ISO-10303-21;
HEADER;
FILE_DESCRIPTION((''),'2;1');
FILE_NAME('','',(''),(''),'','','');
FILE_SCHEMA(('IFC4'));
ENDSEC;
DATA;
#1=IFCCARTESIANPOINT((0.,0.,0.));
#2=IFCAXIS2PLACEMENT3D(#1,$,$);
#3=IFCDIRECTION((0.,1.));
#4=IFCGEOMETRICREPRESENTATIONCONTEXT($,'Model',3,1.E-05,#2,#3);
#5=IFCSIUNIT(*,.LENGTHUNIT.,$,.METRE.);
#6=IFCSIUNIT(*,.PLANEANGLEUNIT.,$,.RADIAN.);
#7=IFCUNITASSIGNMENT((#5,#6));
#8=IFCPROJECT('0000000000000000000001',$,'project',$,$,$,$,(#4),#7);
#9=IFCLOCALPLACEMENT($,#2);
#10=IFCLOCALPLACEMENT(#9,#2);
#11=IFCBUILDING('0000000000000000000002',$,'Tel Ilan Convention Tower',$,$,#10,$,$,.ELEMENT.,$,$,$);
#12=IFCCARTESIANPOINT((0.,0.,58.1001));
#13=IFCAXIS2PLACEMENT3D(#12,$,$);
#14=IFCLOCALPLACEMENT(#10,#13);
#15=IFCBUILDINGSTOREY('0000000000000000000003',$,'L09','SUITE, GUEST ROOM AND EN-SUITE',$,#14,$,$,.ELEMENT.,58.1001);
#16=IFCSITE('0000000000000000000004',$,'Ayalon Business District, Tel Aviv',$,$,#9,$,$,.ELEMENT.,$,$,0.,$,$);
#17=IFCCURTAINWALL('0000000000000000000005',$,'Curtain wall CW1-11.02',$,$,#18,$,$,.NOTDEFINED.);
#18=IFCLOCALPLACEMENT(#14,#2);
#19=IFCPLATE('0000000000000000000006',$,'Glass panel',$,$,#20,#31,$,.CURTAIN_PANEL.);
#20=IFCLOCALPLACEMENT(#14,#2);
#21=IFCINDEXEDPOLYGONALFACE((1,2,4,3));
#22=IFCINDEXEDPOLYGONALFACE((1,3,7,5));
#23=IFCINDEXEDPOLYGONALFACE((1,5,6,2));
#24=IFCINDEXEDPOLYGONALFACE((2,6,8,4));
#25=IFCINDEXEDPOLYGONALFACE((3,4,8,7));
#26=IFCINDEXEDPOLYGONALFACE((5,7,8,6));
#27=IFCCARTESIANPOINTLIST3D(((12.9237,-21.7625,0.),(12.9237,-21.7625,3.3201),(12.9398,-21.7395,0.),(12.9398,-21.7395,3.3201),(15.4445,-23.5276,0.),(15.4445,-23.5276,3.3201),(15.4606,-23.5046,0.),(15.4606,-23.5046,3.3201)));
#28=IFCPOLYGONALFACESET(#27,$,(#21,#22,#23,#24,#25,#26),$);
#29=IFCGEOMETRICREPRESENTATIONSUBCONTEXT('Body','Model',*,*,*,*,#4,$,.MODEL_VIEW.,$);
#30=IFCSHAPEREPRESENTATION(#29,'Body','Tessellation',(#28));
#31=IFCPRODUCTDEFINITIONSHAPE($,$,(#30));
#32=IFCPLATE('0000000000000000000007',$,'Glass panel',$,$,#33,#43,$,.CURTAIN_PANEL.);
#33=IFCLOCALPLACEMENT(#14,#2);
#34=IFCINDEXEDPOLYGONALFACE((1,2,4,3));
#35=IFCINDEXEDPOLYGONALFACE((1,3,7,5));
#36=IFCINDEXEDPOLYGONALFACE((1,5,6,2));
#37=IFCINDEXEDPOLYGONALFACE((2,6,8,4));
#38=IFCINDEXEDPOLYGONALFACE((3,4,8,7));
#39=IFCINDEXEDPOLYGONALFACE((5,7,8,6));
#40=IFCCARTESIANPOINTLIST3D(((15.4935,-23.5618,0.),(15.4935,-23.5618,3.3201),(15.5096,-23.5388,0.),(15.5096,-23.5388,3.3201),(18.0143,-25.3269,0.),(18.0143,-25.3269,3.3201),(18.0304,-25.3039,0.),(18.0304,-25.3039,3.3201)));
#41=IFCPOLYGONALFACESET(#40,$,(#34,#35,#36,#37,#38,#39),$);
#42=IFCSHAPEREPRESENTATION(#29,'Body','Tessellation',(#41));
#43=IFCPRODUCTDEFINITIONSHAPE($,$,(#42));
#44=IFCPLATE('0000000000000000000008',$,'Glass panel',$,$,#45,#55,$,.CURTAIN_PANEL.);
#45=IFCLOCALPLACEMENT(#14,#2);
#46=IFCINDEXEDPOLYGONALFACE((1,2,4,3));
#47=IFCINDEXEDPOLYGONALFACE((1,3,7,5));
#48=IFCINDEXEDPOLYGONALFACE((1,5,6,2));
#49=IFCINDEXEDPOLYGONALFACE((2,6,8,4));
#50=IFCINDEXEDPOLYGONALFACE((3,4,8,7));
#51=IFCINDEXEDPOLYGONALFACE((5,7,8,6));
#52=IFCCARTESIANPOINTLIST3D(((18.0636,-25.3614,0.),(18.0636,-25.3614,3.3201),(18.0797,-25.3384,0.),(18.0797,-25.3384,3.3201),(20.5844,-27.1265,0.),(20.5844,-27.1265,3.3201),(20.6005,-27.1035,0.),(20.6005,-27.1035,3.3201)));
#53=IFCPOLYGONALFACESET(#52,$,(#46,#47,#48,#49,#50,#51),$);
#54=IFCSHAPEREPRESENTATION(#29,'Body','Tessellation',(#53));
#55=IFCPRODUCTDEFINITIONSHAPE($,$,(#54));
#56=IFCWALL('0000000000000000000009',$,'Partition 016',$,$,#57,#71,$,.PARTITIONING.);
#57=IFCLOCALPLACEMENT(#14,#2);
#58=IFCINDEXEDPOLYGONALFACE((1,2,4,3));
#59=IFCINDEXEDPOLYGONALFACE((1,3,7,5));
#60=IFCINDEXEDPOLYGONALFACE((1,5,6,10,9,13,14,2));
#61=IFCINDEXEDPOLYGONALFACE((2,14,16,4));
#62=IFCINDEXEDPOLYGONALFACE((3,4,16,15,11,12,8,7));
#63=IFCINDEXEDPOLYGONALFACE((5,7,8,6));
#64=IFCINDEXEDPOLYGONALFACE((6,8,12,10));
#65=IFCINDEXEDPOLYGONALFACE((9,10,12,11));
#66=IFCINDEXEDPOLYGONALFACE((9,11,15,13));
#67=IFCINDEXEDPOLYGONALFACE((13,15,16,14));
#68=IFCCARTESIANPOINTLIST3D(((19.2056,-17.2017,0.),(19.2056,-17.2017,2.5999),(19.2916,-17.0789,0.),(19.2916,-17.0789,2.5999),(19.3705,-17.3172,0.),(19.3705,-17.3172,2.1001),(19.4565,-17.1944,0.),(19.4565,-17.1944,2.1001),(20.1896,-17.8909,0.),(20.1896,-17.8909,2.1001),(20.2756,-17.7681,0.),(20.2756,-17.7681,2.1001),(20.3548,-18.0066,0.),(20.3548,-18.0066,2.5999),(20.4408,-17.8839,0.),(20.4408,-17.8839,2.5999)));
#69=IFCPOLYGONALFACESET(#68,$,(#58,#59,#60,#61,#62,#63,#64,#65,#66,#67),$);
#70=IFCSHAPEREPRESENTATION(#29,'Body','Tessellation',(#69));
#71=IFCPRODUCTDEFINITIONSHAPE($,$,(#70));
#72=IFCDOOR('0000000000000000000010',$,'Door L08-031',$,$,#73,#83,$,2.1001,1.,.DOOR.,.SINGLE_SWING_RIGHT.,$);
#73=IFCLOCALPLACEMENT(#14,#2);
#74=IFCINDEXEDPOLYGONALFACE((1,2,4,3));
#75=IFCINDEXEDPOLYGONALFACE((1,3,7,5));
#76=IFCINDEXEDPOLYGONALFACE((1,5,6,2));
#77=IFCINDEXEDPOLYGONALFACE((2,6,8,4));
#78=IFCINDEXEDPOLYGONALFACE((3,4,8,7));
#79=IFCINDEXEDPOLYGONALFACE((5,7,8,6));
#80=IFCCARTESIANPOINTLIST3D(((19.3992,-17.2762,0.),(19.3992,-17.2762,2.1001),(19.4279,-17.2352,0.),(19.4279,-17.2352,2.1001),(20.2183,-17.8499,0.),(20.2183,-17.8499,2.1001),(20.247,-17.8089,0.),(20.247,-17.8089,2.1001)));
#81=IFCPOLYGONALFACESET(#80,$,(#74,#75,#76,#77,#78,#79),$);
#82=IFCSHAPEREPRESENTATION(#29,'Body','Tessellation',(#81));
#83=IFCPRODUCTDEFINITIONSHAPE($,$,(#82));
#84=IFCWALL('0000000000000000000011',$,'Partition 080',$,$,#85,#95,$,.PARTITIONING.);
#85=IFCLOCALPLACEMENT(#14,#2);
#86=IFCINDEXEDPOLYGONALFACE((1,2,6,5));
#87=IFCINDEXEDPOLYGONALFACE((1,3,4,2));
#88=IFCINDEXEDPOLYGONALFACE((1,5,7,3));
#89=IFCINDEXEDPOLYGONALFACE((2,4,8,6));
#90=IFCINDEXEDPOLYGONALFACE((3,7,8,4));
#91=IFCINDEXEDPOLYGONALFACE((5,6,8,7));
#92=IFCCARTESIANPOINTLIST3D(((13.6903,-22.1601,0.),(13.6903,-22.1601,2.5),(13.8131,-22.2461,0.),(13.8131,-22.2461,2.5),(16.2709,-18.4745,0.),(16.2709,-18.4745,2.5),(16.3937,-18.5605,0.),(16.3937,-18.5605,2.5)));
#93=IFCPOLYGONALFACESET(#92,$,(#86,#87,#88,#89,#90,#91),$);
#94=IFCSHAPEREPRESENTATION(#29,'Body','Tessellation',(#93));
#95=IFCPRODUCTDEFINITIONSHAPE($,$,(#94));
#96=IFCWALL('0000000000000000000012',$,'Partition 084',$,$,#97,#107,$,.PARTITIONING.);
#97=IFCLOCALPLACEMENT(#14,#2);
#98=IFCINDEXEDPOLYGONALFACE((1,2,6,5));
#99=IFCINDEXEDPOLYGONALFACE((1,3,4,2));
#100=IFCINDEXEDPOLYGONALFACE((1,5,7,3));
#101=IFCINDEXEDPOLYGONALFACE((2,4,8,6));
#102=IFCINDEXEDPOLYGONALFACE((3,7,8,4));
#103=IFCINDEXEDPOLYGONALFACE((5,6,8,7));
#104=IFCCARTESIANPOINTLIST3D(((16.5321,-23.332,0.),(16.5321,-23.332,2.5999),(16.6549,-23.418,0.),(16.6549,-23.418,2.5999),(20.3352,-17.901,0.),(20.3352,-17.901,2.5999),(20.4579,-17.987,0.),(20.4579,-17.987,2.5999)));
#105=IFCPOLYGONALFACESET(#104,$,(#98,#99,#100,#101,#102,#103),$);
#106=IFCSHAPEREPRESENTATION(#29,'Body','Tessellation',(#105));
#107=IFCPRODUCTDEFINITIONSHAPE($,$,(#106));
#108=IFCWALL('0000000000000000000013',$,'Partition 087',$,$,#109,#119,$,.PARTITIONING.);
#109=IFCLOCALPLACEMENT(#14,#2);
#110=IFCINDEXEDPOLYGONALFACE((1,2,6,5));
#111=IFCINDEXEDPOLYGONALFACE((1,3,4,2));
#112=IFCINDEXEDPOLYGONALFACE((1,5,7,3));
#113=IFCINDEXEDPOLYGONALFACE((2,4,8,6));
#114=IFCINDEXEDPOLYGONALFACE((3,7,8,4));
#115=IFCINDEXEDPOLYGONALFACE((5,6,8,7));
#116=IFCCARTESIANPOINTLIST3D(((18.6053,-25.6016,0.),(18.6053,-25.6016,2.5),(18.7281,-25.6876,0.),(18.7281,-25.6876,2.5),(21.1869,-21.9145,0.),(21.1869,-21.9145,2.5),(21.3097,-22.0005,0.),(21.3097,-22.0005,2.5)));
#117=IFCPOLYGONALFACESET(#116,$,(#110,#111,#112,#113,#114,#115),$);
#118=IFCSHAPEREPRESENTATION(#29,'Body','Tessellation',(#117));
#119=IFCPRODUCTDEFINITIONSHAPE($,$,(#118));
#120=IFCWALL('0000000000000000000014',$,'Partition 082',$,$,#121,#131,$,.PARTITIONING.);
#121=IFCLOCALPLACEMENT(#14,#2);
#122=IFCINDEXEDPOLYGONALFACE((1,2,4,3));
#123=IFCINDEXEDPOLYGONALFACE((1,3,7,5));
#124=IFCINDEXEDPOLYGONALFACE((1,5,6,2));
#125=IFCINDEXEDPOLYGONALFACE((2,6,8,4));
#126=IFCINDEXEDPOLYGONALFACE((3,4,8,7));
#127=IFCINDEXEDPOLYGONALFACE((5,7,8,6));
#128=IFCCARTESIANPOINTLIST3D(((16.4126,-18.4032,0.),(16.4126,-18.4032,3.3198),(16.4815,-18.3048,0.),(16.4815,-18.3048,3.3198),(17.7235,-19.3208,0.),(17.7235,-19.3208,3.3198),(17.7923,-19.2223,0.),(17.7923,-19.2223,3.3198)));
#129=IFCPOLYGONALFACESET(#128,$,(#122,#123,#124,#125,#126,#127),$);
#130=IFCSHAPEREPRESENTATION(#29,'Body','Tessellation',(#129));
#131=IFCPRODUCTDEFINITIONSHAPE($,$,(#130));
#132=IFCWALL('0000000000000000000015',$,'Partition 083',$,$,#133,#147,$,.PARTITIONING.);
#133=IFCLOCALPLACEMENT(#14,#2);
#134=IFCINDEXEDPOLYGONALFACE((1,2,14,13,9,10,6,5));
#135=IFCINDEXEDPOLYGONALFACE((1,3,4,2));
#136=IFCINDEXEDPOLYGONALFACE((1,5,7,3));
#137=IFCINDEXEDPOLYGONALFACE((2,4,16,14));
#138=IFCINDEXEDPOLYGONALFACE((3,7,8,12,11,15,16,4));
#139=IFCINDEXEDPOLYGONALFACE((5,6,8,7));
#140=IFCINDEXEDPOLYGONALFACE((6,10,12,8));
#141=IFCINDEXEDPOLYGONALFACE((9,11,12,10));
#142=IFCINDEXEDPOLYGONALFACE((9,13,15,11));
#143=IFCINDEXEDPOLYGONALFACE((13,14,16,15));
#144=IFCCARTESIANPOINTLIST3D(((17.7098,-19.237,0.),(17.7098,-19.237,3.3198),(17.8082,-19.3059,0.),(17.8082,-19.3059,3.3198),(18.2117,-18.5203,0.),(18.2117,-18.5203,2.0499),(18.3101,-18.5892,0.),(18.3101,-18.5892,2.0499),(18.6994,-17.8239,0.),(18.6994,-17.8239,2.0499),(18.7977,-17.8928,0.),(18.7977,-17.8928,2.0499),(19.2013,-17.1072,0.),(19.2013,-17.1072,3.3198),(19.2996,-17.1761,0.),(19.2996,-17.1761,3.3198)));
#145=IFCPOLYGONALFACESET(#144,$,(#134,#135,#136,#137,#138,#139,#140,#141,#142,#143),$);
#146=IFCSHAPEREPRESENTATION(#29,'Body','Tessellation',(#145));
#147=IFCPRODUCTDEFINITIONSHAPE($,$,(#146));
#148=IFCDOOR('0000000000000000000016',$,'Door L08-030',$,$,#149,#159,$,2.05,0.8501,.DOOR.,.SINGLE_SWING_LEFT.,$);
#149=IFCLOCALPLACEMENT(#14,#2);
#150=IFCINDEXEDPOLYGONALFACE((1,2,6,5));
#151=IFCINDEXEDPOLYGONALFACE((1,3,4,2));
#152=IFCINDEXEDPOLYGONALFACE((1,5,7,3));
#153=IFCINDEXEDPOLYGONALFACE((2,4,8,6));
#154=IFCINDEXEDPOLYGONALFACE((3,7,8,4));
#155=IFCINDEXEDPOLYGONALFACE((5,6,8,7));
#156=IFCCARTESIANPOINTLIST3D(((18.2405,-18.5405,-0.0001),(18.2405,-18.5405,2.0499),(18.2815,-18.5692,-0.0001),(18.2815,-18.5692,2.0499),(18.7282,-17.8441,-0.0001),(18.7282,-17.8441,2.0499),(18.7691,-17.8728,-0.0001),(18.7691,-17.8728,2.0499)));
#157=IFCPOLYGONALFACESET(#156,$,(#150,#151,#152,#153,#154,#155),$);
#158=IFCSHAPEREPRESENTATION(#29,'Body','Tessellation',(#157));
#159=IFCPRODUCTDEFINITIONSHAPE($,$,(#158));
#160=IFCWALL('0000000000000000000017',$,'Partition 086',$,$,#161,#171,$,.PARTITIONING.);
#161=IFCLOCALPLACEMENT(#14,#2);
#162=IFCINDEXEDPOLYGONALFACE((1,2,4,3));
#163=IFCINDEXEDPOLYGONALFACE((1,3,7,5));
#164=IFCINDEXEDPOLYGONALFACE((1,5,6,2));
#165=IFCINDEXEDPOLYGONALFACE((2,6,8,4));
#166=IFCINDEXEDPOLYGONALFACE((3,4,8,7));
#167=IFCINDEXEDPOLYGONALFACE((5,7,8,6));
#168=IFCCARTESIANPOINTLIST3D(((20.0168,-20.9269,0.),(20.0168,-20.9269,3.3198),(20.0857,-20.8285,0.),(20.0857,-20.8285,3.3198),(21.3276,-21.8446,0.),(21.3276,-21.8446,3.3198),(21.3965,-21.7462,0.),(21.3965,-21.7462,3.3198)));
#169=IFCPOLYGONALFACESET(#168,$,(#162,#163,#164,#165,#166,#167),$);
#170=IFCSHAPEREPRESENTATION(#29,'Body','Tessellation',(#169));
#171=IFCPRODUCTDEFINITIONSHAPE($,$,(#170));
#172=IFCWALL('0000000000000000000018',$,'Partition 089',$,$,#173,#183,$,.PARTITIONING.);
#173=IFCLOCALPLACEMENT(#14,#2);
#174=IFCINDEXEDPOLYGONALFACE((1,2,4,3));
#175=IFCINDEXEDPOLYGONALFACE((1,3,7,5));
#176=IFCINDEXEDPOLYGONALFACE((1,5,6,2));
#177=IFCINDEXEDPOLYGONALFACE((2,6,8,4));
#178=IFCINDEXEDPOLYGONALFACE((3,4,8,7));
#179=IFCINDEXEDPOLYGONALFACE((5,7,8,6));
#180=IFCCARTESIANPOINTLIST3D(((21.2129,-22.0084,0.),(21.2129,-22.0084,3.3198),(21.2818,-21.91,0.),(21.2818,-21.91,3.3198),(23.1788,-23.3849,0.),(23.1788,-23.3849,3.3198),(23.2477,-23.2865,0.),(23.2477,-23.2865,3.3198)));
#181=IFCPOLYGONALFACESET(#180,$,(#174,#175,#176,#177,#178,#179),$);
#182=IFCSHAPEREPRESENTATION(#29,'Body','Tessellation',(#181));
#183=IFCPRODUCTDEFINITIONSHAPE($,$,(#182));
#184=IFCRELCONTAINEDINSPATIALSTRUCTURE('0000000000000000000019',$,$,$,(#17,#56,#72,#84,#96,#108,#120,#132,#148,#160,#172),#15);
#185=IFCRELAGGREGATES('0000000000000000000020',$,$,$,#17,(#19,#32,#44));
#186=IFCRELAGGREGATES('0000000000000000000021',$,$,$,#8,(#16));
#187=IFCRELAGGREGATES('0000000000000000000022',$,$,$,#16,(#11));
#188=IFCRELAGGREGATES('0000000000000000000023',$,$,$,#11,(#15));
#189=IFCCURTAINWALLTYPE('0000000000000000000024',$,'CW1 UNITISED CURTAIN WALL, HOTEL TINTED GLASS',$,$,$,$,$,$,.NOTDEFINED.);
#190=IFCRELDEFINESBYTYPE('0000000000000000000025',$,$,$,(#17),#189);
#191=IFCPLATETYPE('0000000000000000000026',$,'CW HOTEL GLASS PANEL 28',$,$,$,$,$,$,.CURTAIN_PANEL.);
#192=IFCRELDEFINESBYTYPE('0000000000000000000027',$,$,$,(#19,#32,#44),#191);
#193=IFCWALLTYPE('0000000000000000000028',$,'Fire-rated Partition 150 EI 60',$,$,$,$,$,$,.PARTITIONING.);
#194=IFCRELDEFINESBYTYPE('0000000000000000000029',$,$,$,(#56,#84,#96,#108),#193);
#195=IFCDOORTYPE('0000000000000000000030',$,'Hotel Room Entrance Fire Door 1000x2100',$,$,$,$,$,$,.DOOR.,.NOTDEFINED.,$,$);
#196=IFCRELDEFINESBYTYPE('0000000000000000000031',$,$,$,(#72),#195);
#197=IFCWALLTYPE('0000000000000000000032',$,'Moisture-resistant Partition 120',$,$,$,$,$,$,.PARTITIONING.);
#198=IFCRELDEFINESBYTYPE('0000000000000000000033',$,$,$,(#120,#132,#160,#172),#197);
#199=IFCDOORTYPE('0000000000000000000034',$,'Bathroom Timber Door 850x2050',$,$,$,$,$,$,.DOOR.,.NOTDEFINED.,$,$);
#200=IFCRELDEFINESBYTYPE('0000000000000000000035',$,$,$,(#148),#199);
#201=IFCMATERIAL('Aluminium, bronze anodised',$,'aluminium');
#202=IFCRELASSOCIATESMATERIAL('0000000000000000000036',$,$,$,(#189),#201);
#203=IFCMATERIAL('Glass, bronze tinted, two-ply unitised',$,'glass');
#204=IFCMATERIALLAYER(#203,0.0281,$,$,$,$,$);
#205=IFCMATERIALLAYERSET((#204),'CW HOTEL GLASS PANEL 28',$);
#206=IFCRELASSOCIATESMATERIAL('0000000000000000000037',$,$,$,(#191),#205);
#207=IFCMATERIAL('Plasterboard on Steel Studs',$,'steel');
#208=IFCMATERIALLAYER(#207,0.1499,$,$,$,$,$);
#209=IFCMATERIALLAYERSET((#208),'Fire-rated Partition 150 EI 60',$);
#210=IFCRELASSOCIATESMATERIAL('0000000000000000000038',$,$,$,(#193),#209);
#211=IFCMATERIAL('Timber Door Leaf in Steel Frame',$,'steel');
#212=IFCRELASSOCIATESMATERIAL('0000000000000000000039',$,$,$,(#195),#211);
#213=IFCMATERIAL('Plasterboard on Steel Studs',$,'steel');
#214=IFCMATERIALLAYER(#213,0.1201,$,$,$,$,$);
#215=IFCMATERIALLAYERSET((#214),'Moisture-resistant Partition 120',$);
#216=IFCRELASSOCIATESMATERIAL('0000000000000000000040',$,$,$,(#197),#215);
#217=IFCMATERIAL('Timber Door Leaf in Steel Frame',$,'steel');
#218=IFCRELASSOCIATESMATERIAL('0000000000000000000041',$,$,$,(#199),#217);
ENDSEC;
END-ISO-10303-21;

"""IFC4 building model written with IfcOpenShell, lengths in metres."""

from ifc_helpers import new_model, si_unit, direction, frame, frame_2d, origin, origin_2d, place, context, subcontext, project, spatial, rectangle, extrude, material, layer, layer_set, type_object, element, fill, aggregate, save


model = new_model("IFC4")

# Units and contexts
model_context = context("Model", 3, precision=1e-05, world=origin(), true_north=direction((0.0, 1.0)))
body_context = subcontext(model_context, "Body", "Model", "MODEL_VIEW")
ifc_project = project(units=[si_unit("LENGTHUNIT", "METRE"), si_unit("PLANEANGLEUNIT", "RADIAN")], contexts=[model_context])

# Site, building, storey
site_placement = place(None, origin())
site = spatial("IfcSite", under=ifc_project, at=site_placement, Name="Ayalon Business District, Tel Aviv", CompositionType="ELEMENT", RefElevation=0.0)
building_placement = place(site_placement, origin())
building = spatial("IfcBuilding", under=site, at=building_placement, Name="Tel Ilan Convention Tower", CompositionType="ELEMENT")
storey_placement = place(building_placement, frame((0.0, 0.0, 58.1001)))
storey = spatial("IfcBuildingStorey", under=building, at=storey_placement, Name="L09", Description="SUITE, GUEST ROOM AND EN-SUITE", CompositionType="ELEMENT", Elevation=58.1001)

# Curtain wall, plates
ifc_material_1 = material(Name="Aluminium, bronze anodised", Category="aluminium")
curtain_wall_type = type_object("IfcCurtainWallType", Name="CW1 UNITISED CURTAIN WALL, HOTEL TINTED GLASS", PredefinedType="NOTDEFINED", material=ifc_material_1)
curtain_wall_placement = place(storey_placement, origin())
curtain_wall = element("IfcCurtainWall", 1, at=curtain_wall_placement, inside=storey, type_object=curtain_wall_type, Name="Curtain wall CW1-11.02", PredefinedType="NOTDEFINED")
ifc_material_2 = material(Name="Glass, bronze tinted, two-ply unitised", Category="glass")
ifc_layer_1 = layer(ifc_material_2, 0.0281)
ifc_layer_set_1 = layer_set([ifc_layer_1], Name="CW HOTEL GLASS PANEL 28")
plate_type = type_object("IfcPlateType", Name="CW HOTEL GLASS PANEL 28", PredefinedType="CURTAIN_PANEL", material=ifc_layer_set_1)
plate_1_placement = place(storey_placement, frame((14.1921, -22.6335, 0.0), z_axis=(0.0, 0.0, 1.0), x_axis=(0.819152, -0.573576, 0.0)))
plate_1 = element("IfcPlate", 2, at=plate_1_placement, type_object=plate_type, Name="Glass panel", PredefinedType="CURTAIN_PANEL", context=body_context, shape_type="SweptSolid", body=[
    extrude(rectangle(XDim=3.0774, YDim=0.0281, at=origin_2d()), origin(), (0.0, 0.0, 1.0), 3.3201),
])
plate_2_placement = place(storey_placement, frame((16.762, -24.4329, 0.0), z_axis=(0.0, 0.0, 1.0), x_axis=(0.819152, -0.573576, 0.0)))
plate_2 = element("IfcPlate", 3, at=plate_2_placement, type_object=plate_type, Name="Glass panel", PredefinedType="CURTAIN_PANEL", context=body_context, shape_type="SweptSolid", body=[
    extrude(rectangle(XDim=3.0774, YDim=0.0281, at=origin_2d()), origin(), (0.0, 0.0, 1.0), 3.3201),
])
plate_3_placement = place(storey_placement, frame((19.332, -26.2324, 0.0), z_axis=(0.0, 0.0, 1.0), x_axis=(0.819152, -0.573576, 0.0)))
plate_3 = element("IfcPlate", 4, at=plate_3_placement, type_object=plate_type, Name="Glass panel", PredefinedType="CURTAIN_PANEL", context=body_context, shape_type="SweptSolid", body=[
    extrude(rectangle(XDim=3.0774, YDim=0.0281, at=origin_2d()), origin(), (0.0, 0.0, 1.0), 3.3201),
])
aggregate(curtain_wall, [plate_1, plate_2, plate_3])

# Wall, opening, door
ifc_material_3 = material(Name="Plasterboard on Steel Studs", Category="steel")
ifc_layer_2 = layer(ifc_material_3, 0.1499)
ifc_layer_set_2 = layer_set([ifc_layer_2], Name="Fire-rated Partition 150 EI 60")
wall_type_1 = type_object("IfcWallType", Name="Fire-rated Partition 150 EI 60", PredefinedType="PARTITIONING", material=ifc_layer_set_2)
wall_1_placement = place(storey_placement, frame((20.3979, -17.9453, 0.0), z_axis=(0.0, 0.0, 1.0), x_axis=(-0.81906, 0.573708, 0.0)))
wall_1 = element("IfcWall", 5, at=wall_1_placement, inside=storey, type_object=wall_type_1, Name="Partition 016", PredefinedType="PARTITIONING", context=body_context, shape_type="SweptSolid", body=[
    extrude(rectangle(XDim=1.4031, YDim=0.1499, at=frame_2d((0.7017, 0.0))), origin(), (0.0, 0.0, 1.0), 2.5999),
])
opening_1_placement = place(wall_1_placement, frame((0.2019, 0.0, 0.0)))
opening_1 = element("IfcOpeningElement", 6, at=opening_1_placement, cuts=wall_1, PredefinedType="OPENING", context=body_context, shape_type="SweptSolid", body=[
    extrude(rectangle(XDim=1.0, YDim=2.1001, at=frame_2d((0.5, 1.05))), frame((0.0, 0.085, 0.0), z_axis=(0.0, -1.0, 0.0), x_axis=(1.0, 0.0, 0.0)), (0.0, 0.0, 1.0), 0.1699),
])
ifc_material_4 = material(Name="Timber Door Leaf in Steel Frame", Category="steel")
door_type_1 = type_object("IfcDoorType", Name="Hotel Room Entrance Fire Door 1000x2100", OperationType="NOTDEFINED", PredefinedType="DOOR", material=ifc_material_4)
door_1_placement = place(opening_1_placement, origin())
door_1 = element("IfcDoor", 7, at=door_1_placement, inside=storey, type_object=door_type_1, Name="Door L08-031", OperationType="SINGLE_SWING_RIGHT", OverallHeight=2.1001, OverallWidth=1.0, PredefinedType="DOOR", context=body_context, shape_type="SweptSolid", body=[
    extrude(rectangle(XDim=1.0, YDim=2.1001, at=frame_2d((0.5, 1.05))), frame((0.0, 0.0249, 0.0), z_axis=(0.0, -1.0, 0.0), x_axis=(1.0, 0.0, 0.0)), (0.0, 0.0, 1.0), 0.05),
])
fill(opening_1, door_1)

# Walls
wall_2_placement = place(storey_placement, frame((16.3323, -18.5176, 0.0), z_axis=(0.0, 0.0, 1.0), x_axis=(-0.573564, -0.819161, 0.0)))
element("IfcWall", 8, at=wall_2_placement, inside=storey, type_object=wall_type_1, Name="Partition 080", PredefinedType="PARTITIONING", context=body_context, shape_type="SweptSolid", body=[
    extrude(rectangle(XDim=4.4993, YDim=0.1499, at=frame_2d((2.2495, 0.0))), origin(), (0.0, 0.0, 1.0), 2.5),
])
wall_3_placement = place(storey_placement, frame((20.3965, -17.9441, 0.0), z_axis=(0.0, 0.0, 1.0), x_axis=(-0.573598, -0.819137, 0.0)))
element("IfcWall", 9, at=wall_3_placement, inside=storey, type_object=wall_type_1, Name="Partition 084", PredefinedType="PARTITIONING", context=body_context, shape_type="SweptSolid", body=[
    extrude(rectangle(XDim=6.6301, YDim=0.1499, at=frame_2d((3.3149, 0.0))), origin(), (0.0, 0.0, 1.0), 2.5999),
])
wall_4_placement = place(storey_placement, frame((21.2483, -21.9575, 0.0), z_axis=(0.0, 0.0, 1.0), x_axis=(-0.573557, -0.819166, 0.0)))
element("IfcWall", 10, at=wall_4_placement, inside=storey, type_object=wall_type_1, Name="Partition 087", PredefinedType="PARTITIONING", context=body_context, shape_type="SweptSolid", body=[
    extrude(rectangle(XDim=4.501, YDim=0.1499, at=frame_2d((2.2505, 0.0))), origin(), (0.0, 0.0, 1.0), 2.5),
])
ifc_material_5 = material(Name="Plasterboard on Steel Studs", Category="steel")
ifc_layer_3 = layer(ifc_material_5, 0.1201)
ifc_layer_set_3 = layer_set([ifc_layer_3], Name="Moisture-resistant Partition 120")
wall_type_2 = type_object("IfcWallType", Name="Moisture-resistant Partition 120", PredefinedType="PARTITIONING", material=ifc_layer_set_3)
wall_5_placement = place(storey_placement, frame((16.447, -18.354, 0.0), z_axis=(0.0, 0.0, 1.0), x_axis=(0.819253, -0.573432, 0.0)))
element("IfcWall", 11, at=wall_5_placement, inside=storey, type_object=wall_type_2, Name="Partition 082", PredefinedType="PARTITIONING", context=body_context, shape_type="SweptSolid", body=[
    extrude(rectangle(XDim=1.6001, YDim=0.1201, at=frame_2d((0.8, 0.0))), origin(), (0.0, 0.0, 1.0), 3.3198),
])

# Wall, opening, door
wall_6_placement = place(storey_placement, frame((17.759, -19.2715, 0.0), z_axis=(0.0, 0.0, 1.0), x_axis=(0.573601, 0.819135, 0.0)))
wall_6 = element("IfcWall", 12, at=wall_6_placement, inside=storey, type_object=wall_type_2, Name="Partition 083", PredefinedType="PARTITIONING", context=body_context, shape_type="SweptSolid", body=[
    extrude(rectangle(XDim=2.6001, YDim=0.1201, at=frame_2d((1.3, 0.0))), origin(), (0.0, 0.0, 1.0), 3.3198),
])
opening_2_placement = place(wall_6_placement, frame((0.875, 0.0, 0.0)))
opening_2 = element("IfcOpeningElement", 13, at=opening_2_placement, cuts=wall_6, PredefinedType="OPENING", context=body_context, shape_type="SweptSolid", body=[
    extrude(rectangle(XDim=0.8501, YDim=2.05, at=frame_2d((0.425, 1.0249))), frame((0.0, 0.0701, 0.0), z_axis=(0.0, -1.0, 0.0), x_axis=(1.0, 0.0, 0.0)), (0.0, 0.0, 1.0), 0.1401),
])
ifc_material_6 = material(Name="Timber Door Leaf in Steel Frame", Category="steel")
door_type_2 = type_object("IfcDoorType", Name="Bathroom Timber Door 850x2050", OperationType="NOTDEFINED", PredefinedType="DOOR", material=ifc_material_6)
door_2_placement = place(opening_2_placement, origin())
door_2 = element("IfcDoor", 14, at=door_2_placement, inside=storey, type_object=door_type_2, Name="Door L08-030", OperationType="SINGLE_SWING_LEFT", OverallHeight=2.05, OverallWidth=0.8501, PredefinedType="DOOR", context=body_context, shape_type="SweptSolid", body=[
    extrude(rectangle(XDim=0.8501, YDim=2.05, at=frame_2d((0.425, 1.0249))), frame((0.0, 0.0249, 0.0), z_axis=(0.0, -1.0, 0.0), x_axis=(1.0, 0.0, 0.0)), (0.0, 0.0, 1.0), 0.05),
])
fill(opening_2, door_2)

# Walls
wall_7_placement = place(storey_placement, frame((20.0513, -20.8777, 0.0), z_axis=(0.0, 0.0, 1.0), x_axis=(0.819182, -0.573534, 0.0)))
element("IfcWall", 15, at=wall_7_placement, inside=storey, type_object=wall_type_2, Name="Partition 086", PredefinedType="PARTITIONING", context=body_context, shape_type="SweptSolid", body=[
    extrude(rectangle(XDim=1.6001, YDim=0.1201, at=frame_2d((0.8, 0.0))), origin(), (0.0, 0.0, 1.0), 3.3198),
])
wall_8_placement = place(storey_placement, frame((21.2473, -21.9592, 0.0), z_axis=(0.0, 0.0, 1.0), x_axis=(0.819155, -0.573572, 0.0)))
element("IfcWall", 16, at=wall_8_placement, inside=storey, type_object=wall_type_2, Name="Partition 089", PredefinedType="PARTITIONING", context=body_context, shape_type="SweptSolid", body=[
    extrude(rectangle(XDim=2.3999, YDim=0.1201, at=frame_2d((1.2, 0.0))), origin(), (0.0, 0.0, 1.0), 3.3198),
])

save(model, "model.ifc")
